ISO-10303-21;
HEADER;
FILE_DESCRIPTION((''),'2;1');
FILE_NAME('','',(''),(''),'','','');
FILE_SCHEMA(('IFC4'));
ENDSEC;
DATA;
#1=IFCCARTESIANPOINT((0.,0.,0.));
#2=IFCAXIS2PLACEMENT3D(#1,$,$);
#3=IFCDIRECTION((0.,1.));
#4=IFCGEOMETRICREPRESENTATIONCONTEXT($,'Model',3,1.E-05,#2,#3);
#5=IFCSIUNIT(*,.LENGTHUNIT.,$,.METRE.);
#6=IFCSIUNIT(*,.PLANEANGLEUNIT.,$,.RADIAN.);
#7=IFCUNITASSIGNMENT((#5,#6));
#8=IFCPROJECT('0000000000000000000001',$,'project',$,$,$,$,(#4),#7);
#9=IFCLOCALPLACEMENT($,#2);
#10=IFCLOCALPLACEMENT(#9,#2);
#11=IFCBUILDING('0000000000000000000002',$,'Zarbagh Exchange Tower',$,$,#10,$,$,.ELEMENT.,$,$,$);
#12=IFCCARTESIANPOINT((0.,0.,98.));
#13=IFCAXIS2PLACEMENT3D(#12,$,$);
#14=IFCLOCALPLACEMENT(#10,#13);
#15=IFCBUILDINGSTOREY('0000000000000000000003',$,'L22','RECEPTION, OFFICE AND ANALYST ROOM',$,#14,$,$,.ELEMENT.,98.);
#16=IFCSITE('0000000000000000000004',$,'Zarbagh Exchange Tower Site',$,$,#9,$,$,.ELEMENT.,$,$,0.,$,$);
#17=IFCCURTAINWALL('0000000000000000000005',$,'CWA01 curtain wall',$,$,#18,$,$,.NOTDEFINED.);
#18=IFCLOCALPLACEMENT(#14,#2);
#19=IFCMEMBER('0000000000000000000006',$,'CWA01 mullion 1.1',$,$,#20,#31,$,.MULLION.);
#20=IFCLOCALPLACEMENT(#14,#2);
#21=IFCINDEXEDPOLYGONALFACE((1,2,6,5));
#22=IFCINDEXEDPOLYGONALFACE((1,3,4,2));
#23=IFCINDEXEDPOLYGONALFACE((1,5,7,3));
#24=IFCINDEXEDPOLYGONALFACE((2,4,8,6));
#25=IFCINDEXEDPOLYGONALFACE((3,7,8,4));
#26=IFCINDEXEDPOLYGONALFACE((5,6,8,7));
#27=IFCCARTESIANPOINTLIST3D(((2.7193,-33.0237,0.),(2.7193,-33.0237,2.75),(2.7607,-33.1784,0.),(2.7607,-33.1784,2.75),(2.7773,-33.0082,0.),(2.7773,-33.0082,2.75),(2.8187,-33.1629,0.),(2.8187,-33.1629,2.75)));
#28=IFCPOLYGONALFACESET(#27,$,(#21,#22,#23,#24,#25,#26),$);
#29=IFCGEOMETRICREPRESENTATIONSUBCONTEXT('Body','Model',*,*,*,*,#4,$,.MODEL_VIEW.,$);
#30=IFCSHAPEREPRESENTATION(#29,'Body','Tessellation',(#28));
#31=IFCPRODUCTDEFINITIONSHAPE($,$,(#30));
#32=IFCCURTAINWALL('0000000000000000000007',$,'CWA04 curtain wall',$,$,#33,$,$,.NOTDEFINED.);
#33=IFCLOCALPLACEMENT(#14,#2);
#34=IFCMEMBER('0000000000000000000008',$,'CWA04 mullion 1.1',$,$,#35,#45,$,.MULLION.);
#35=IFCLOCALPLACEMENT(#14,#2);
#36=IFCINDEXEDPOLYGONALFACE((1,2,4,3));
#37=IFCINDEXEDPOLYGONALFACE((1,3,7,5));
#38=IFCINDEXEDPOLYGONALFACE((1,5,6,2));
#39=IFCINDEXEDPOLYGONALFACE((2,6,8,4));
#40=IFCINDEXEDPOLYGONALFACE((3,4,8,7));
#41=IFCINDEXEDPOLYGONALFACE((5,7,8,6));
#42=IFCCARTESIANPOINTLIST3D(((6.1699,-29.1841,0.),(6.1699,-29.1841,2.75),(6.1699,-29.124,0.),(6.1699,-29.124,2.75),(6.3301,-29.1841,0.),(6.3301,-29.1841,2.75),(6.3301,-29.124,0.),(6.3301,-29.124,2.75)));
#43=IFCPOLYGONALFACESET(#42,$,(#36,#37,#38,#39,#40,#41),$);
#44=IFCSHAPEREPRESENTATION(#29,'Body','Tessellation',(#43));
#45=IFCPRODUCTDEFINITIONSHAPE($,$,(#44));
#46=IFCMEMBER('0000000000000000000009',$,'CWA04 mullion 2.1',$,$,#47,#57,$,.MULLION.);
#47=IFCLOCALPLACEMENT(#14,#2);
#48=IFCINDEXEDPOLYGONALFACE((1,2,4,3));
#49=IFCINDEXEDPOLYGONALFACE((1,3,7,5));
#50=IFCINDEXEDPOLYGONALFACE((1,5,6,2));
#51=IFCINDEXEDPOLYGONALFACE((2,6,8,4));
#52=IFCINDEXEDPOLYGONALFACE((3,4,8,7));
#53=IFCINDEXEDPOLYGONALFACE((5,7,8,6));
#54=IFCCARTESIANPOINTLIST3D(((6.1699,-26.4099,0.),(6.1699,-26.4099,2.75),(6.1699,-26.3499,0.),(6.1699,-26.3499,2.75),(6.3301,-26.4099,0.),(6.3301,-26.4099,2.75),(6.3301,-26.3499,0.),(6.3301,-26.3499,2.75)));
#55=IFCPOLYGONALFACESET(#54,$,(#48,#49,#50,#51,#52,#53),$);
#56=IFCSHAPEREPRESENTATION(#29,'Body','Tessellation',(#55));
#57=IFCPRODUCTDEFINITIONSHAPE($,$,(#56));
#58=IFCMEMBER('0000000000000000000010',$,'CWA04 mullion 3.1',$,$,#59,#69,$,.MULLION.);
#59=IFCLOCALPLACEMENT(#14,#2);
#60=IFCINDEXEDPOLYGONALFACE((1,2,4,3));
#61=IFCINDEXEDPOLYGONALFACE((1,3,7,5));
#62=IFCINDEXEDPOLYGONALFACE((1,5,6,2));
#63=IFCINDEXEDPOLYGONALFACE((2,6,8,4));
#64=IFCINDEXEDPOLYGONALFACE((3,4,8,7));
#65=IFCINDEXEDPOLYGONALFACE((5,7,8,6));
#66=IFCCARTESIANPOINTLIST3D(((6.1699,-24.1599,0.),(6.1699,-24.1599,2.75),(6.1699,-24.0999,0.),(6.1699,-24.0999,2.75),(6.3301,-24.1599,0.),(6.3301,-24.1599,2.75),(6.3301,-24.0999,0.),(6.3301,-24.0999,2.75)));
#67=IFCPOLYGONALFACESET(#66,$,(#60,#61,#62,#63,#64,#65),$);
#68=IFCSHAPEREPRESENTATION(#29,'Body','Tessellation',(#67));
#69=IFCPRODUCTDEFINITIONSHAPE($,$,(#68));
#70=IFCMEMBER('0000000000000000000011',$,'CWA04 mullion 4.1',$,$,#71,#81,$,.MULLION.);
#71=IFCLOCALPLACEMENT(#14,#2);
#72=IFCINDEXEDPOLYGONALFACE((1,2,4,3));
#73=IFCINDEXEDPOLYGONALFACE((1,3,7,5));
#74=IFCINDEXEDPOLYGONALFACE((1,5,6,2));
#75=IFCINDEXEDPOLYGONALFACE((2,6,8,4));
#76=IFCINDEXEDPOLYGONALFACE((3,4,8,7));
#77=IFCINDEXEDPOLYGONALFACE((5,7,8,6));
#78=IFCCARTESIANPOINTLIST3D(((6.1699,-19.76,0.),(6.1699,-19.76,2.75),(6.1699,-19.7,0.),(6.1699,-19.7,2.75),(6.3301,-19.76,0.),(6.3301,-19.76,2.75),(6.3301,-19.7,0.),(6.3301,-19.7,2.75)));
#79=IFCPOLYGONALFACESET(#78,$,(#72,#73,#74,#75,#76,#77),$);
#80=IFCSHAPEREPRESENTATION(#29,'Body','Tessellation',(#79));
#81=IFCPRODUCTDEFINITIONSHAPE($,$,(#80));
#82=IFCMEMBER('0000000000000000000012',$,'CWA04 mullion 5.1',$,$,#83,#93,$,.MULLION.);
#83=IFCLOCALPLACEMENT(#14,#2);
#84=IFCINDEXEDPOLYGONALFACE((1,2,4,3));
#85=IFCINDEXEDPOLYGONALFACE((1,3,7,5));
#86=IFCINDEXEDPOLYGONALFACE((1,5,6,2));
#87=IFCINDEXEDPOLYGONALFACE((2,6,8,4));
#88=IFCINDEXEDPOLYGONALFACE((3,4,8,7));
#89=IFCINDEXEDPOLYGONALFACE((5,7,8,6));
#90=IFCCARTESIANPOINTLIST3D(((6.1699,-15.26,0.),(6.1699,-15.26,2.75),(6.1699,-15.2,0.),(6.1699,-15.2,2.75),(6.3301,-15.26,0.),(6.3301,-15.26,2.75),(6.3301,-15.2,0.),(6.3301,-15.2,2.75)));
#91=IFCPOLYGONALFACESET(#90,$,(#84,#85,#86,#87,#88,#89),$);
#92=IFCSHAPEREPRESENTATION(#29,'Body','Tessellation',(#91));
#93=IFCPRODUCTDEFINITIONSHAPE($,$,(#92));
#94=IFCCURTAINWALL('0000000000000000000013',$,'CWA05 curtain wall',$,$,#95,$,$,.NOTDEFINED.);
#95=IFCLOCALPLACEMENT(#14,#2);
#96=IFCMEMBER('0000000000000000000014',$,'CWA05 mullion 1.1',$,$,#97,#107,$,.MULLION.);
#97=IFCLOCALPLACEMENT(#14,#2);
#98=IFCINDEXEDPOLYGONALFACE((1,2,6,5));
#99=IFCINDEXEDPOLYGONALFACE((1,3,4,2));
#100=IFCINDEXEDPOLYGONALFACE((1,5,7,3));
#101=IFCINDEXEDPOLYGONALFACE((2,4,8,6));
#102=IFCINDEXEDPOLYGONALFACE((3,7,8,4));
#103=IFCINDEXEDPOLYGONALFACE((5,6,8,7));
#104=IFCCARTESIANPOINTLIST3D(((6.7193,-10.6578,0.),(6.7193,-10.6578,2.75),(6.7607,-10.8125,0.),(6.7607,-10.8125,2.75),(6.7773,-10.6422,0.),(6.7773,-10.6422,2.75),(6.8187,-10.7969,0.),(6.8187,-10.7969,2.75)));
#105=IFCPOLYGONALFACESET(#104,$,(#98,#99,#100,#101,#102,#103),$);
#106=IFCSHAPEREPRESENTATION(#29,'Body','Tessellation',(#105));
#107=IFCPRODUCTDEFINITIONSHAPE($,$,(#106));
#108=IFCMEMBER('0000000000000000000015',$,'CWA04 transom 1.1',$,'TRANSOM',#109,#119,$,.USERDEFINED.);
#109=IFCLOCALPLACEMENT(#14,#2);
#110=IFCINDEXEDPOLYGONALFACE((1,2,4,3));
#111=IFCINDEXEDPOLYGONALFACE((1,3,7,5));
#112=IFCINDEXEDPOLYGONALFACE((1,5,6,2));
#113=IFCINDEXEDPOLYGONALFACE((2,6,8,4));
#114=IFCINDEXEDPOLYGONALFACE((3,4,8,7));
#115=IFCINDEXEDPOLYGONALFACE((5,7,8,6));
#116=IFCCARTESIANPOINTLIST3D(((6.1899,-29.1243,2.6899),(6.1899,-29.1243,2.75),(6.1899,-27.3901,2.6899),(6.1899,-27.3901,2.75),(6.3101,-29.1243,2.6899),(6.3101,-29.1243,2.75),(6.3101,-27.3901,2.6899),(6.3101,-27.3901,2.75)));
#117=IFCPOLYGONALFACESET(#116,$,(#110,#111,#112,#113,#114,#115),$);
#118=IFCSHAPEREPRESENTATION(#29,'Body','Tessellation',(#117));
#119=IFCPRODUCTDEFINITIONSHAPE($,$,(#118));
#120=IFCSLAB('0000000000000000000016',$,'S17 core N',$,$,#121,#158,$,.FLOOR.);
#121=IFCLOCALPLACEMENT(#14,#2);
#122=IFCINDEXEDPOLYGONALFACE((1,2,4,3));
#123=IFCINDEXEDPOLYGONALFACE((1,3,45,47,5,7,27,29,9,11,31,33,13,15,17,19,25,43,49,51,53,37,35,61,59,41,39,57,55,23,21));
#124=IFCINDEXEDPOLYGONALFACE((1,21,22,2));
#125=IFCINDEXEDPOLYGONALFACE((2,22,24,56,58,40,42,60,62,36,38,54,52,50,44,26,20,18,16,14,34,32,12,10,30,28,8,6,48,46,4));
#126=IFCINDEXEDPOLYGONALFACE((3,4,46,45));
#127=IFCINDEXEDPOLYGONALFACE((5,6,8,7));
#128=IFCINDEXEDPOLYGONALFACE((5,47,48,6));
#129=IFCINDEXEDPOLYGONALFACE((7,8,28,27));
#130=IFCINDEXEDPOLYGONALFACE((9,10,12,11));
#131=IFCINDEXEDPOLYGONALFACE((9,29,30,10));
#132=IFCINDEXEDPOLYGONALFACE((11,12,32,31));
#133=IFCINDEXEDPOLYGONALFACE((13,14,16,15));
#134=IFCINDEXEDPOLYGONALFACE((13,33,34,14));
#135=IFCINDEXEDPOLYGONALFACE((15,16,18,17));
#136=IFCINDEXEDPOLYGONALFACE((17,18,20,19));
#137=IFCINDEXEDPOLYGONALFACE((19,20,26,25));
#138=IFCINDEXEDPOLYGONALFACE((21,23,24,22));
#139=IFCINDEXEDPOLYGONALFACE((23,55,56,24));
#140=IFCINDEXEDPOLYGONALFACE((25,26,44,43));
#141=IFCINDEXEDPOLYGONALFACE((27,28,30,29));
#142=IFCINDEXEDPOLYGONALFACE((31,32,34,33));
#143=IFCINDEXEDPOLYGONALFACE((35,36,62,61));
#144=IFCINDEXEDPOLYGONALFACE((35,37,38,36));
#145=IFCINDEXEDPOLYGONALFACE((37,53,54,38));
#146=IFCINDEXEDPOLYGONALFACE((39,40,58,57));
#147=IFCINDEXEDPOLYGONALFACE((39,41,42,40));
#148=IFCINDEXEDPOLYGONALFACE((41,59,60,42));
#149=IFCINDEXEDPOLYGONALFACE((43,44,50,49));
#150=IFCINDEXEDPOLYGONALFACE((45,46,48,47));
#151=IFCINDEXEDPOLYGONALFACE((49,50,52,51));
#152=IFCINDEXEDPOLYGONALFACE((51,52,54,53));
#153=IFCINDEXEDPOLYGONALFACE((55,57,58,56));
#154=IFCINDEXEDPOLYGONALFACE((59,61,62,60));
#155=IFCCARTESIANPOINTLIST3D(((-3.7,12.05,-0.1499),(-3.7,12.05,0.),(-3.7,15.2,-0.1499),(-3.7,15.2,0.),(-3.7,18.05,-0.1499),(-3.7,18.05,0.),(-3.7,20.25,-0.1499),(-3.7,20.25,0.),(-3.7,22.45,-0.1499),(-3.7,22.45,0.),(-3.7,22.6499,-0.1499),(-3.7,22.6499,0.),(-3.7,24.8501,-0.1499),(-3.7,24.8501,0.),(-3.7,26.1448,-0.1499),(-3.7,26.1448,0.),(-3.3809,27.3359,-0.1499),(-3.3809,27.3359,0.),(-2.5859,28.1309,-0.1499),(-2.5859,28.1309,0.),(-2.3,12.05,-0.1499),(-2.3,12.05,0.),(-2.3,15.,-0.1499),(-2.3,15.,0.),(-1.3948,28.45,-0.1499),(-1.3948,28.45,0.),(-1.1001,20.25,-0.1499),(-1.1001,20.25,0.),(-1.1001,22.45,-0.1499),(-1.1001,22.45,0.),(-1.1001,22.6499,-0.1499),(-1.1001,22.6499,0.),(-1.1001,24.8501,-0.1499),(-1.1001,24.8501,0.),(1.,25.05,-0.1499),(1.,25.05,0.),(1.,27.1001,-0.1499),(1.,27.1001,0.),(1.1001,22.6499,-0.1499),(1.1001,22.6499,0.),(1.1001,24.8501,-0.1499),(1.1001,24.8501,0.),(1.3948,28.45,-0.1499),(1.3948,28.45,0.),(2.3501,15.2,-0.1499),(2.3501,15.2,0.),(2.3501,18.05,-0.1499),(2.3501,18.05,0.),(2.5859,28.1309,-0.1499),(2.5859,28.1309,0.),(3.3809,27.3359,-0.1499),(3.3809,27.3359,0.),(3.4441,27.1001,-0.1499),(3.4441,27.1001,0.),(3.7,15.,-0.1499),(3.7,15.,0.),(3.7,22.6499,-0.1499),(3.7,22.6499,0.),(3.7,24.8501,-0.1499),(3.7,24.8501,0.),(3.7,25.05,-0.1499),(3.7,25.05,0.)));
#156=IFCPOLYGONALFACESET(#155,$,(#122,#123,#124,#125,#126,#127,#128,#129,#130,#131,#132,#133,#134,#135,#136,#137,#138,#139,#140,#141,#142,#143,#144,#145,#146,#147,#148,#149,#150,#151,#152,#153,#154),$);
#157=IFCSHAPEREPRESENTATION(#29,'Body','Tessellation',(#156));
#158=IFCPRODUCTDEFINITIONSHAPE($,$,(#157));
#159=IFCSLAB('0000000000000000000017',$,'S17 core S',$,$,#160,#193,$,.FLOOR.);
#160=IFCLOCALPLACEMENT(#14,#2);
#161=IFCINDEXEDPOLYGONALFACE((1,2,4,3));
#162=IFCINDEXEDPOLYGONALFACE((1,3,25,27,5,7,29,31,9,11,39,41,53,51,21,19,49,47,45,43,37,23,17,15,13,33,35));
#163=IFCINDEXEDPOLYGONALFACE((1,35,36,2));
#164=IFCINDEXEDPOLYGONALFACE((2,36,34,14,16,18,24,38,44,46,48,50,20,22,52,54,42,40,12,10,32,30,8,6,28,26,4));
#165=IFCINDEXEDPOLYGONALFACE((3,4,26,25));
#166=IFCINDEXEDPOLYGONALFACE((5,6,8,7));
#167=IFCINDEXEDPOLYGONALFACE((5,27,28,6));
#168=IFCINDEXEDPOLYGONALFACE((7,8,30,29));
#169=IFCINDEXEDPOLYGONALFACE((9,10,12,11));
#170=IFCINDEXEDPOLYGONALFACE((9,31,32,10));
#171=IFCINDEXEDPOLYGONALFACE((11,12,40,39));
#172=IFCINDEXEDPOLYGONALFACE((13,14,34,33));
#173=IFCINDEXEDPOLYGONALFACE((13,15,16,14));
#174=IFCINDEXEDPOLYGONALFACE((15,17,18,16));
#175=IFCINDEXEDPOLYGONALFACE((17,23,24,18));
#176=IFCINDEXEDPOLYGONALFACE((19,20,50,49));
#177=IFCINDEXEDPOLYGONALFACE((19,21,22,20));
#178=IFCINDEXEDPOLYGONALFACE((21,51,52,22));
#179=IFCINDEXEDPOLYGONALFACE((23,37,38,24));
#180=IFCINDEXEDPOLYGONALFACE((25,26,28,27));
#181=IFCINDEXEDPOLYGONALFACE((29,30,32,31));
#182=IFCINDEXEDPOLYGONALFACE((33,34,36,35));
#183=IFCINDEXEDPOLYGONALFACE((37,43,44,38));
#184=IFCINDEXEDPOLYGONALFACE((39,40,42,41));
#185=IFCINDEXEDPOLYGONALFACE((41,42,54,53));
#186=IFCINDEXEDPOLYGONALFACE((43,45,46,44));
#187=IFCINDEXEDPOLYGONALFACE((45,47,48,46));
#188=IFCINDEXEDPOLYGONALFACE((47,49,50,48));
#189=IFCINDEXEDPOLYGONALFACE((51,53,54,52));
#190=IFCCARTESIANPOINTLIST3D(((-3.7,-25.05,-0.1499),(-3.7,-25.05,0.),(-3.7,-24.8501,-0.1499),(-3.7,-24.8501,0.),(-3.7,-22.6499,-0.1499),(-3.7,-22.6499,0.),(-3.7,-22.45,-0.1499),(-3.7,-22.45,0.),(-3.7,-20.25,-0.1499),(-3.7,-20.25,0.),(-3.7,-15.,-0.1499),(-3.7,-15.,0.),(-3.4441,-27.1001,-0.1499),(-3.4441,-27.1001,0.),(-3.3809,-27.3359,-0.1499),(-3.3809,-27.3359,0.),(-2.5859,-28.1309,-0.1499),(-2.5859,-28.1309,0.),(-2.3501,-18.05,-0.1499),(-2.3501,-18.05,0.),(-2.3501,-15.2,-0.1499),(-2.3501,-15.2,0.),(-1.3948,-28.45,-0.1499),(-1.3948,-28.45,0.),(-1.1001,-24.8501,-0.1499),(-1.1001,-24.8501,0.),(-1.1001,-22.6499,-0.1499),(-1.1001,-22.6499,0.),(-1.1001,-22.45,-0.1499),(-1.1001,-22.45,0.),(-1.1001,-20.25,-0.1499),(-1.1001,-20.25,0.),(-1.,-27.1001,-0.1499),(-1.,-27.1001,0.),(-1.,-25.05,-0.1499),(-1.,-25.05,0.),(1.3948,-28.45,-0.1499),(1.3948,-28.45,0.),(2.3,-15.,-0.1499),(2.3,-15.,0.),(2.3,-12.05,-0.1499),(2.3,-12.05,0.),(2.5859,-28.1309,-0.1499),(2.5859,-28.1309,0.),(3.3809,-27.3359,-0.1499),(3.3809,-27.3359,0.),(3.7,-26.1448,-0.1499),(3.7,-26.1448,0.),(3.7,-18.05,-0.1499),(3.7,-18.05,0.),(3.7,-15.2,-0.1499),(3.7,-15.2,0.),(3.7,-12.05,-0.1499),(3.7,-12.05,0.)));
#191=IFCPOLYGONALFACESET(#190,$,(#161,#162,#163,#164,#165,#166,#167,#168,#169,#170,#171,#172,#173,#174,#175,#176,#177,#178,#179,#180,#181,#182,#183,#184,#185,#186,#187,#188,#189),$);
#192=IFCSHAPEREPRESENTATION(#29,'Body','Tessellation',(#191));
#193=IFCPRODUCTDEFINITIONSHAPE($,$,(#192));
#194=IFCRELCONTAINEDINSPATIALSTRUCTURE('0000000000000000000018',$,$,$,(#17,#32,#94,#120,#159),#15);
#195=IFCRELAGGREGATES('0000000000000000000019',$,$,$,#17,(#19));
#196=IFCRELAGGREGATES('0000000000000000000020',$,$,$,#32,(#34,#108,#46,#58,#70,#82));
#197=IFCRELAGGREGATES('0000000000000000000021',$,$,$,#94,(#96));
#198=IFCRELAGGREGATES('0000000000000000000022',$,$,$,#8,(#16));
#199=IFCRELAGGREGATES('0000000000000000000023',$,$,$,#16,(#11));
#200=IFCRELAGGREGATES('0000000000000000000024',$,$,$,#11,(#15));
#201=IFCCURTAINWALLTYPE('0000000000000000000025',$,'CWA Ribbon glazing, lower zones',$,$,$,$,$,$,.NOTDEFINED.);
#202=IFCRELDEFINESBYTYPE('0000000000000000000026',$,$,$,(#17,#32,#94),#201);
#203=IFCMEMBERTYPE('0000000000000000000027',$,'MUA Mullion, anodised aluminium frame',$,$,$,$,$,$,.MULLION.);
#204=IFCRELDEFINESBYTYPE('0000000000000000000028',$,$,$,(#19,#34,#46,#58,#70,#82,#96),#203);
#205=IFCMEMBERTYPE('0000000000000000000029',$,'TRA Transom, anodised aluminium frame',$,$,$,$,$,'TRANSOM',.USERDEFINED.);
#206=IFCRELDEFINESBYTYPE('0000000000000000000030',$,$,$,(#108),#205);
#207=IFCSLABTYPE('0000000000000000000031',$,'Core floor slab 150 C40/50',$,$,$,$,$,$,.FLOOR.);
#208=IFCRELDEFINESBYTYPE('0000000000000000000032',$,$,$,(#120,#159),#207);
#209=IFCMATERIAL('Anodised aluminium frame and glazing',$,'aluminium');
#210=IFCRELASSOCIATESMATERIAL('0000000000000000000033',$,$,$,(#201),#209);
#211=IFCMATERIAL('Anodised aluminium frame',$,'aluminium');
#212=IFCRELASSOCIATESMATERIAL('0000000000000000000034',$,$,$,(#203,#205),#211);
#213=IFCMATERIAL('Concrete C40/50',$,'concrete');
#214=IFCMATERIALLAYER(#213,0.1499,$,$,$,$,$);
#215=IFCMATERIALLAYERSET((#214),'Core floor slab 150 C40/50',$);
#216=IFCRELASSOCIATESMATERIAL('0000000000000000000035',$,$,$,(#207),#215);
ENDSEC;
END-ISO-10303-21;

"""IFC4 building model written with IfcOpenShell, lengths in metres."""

from ifc_helpers import new_model, si_unit, direction, frame, origin, place, context, subcontext, project, spatial, polyline, outline, extrude, source, transform, mapped, material, layer, layer_set, type_object, element, aggregate, save


model = new_model("IFC4")

# Units and contexts
model_context = context("Model", 3, precision=1e-05, world=origin(), true_north=direction((0.0, 1.0)))
body_context = subcontext(model_context, "Body", "Model", "MODEL_VIEW")
ifc_project = project(units=[si_unit("LENGTHUNIT", "METRE"), si_unit("PLANEANGLEUNIT", "RADIAN")], contexts=[model_context])

# Site, building, storey
site_placement = place(None, origin())
site = spatial("IfcSite", under=ifc_project, at=site_placement, Name="Zarbagh Exchange Tower Site", CompositionType="ELEMENT", RefElevation=0.0)
building_placement = place(site_placement, origin())
building = spatial("IfcBuilding", under=site, at=building_placement, Name="Zarbagh Exchange Tower", CompositionType="ELEMENT")
storey_placement = place(building_placement, frame((0.0, 0.0, 98.0)))
storey = spatial("IfcBuildingStorey", under=building, at=storey_placement, Name="L22", Description="RECEPTION, OFFICE AND ANALYST ROOM", CompositionType="ELEMENT", Elevation=98.0)

# Curtain wall, member
ifc_material_1 = material(Name="Anodised aluminium frame and glazing", Category="aluminium")
curtain_wall_type = type_object("IfcCurtainWallType", Name="CWA Ribbon glazing, lower zones", PredefinedType="NOTDEFINED", material=ifc_material_1)
curtain_wall_1_placement = place(storey_placement, origin())
curtain_wall_1 = element("IfcCurtainWall", 1, at=curtain_wall_1_placement, inside=storey, type_object=curtain_wall_type, Name="CWA01 curtain wall", PredefinedType="NOTDEFINED")
ifc_material_2 = material(Name="Anodised aluminium frame", Category="aluminium")
member_type_1 = type_object("IfcMemberType", Name="MUA Mullion, anodised aluminium frame", PredefinedType="MULLION", material=ifc_material_2)
shared_shape_1 = source(origin(), body_context, "Body", "SweptSolid", [
    extrude(outline(polyline([(0.0, -0.0801), (0.0601, -0.0801), (0.0601, 0.0801), (0.0, 0.0801), (0.0, -0.0801)])), origin(), (0.0, 0.0, 1.0), 2.75),
])
placement = place(storey_placement, origin())
member_1 = element("IfcMember", 2, at=placement, type_object=member_type_1, Name="CWA01 mullion 1.1", PredefinedType="MULLION", context=body_context, shape_type="MappedRepresentation", body=[
    mapped(shared_shape_1, transform((2.74, -33.1011, 0.0), x_axis=(0.965924, 0.258825, 0.0), y_axis=(-0.258825, 0.965924, 0.0), z_axis=(0.0, 0.0, 1.0))),
])

# Curtain wall, members
curtain_wall_2_placement = place(storey_placement, origin())
curtain_wall_2 = element("IfcCurtainWall", 3, at=curtain_wall_2_placement, inside=storey, type_object=curtain_wall_type, Name="CWA04 curtain wall", PredefinedType="NOTDEFINED")
member_2 = element("IfcMember", 4, at=placement, type_object=member_type_1, Name="CWA04 mullion 1.1", PredefinedType="MULLION", context=body_context, shape_type="MappedRepresentation", body=[
    mapped(shared_shape_1, transform((6.25, -29.1841, 0.0), x_axis=(0.0, 1.0, 0.0), y_axis=(-1.0, 0.0, 0.0), z_axis=(0.0, 0.0, 1.0))),
])
member_3 = element("IfcMember", 5, at=placement, type_object=member_type_1, Name="CWA04 mullion 2.1", PredefinedType="MULLION", context=body_context, shape_type="MappedRepresentation", body=[
    mapped(shared_shape_1, transform((6.25, -26.4099, 0.0), x_axis=(0.0, 1.0, 0.0), y_axis=(-1.0, 0.0, 0.0), z_axis=(0.0, 0.0, 1.0))),
])
member_4 = element("IfcMember", 6, at=placement, type_object=member_type_1, Name="CWA04 mullion 3.1", PredefinedType="MULLION", context=body_context, shape_type="MappedRepresentation", body=[
    mapped(shared_shape_1, transform((6.25, -24.1599, 0.0), x_axis=(0.0, 1.0, 0.0), y_axis=(-1.0, 0.0, 0.0), z_axis=(0.0, 0.0, 1.0))),
])
member_5 = element("IfcMember", 7, at=placement, type_object=member_type_1, Name="CWA04 mullion 4.1", PredefinedType="MULLION", context=body_context, shape_type="MappedRepresentation", body=[
    mapped(shared_shape_1, transform((6.25, -19.76, 0.0), x_axis=(0.0, 1.0, 0.0), y_axis=(-1.0, 0.0, 0.0), z_axis=(0.0, 0.0, 1.0))),
])
member_6 = element("IfcMember", 8, at=placement, type_object=member_type_1, Name="CWA04 mullion 5.1", PredefinedType="MULLION", context=body_context, shape_type="MappedRepresentation", body=[
    mapped(shared_shape_1, transform((6.25, -15.26, 0.0), x_axis=(0.0, 1.0, 0.0), y_axis=(-1.0, 0.0, 0.0), z_axis=(0.0, 0.0, 1.0))),
])

# Curtain wall, member
curtain_wall_3_placement = place(storey_placement, origin())
curtain_wall_3 = element("IfcCurtainWall", 9, at=curtain_wall_3_placement, inside=storey, type_object=curtain_wall_type, Name="CWA05 curtain wall", PredefinedType="NOTDEFINED")
member_7 = element("IfcMember", 10, at=placement, type_object=member_type_1, Name="CWA05 mullion 1.1", PredefinedType="MULLION", context=body_context, shape_type="MappedRepresentation", body=[
    mapped(shared_shape_1, transform((6.74, -10.7351, 0.0), x_axis=(0.965924, 0.258825, 0.0), y_axis=(-0.258825, 0.965924, 0.0), z_axis=(0.0, 0.0, 1.0))),
])

# Member
member_type_2 = type_object("IfcMemberType", Name="TRA Transom, anodised aluminium frame", ElementType="TRANSOM", PredefinedType="USERDEFINED", material=ifc_material_2)
shared_shape_2 = source(origin(), body_context, "Body", "SweptSolid", [
    extrude(outline(polyline([(-0.0601, -0.0601), (0.0, -0.0601), (0.0, 0.0601), (-0.0601, 0.0601), (-0.0601, -0.0601)])), origin(), (0.0, 0.0, 1.0), 1.7341),
])
member_8 = element("IfcMember", 11, at=placement, type_object=member_type_2, Name="CWA04 transom 1.1", ObjectType="TRANSOM", PredefinedType="USERDEFINED", context=body_context, shape_type="MappedRepresentation", body=[
    mapped(shared_shape_2, transform((6.25, -29.1243, 2.75), x_axis=(0.0, 0.0, 1.0), y_axis=(1.0, 0.0, 0.0), z_axis=(0.0, 1.0, 0.0))),
])

# Slabs
ifc_material_3 = material(Name="Concrete C40/50", Category="concrete")
ifc_layer_1 = layer(ifc_material_3, 0.1499)
ifc_layer_set_1 = layer_set([ifc_layer_1], Name="Core floor slab 150 C40/50")
slab_type = type_object("IfcSlabType", Name="Core floor slab 150 C40/50", PredefinedType="FLOOR", material=ifc_layer_set_1)
slab_1_placement = place(storey_placement, frame((0.0, 0.0, -0.1499)))
element("IfcSlab", 12, at=slab_1_placement, inside=storey, type_object=slab_type, Name="S17 core N", PredefinedType="FLOOR", context=body_context, shape_type="SweptSolid", body=[
    extrude(outline(polyline([(-3.7, 12.05), (-3.7, 15.2), (2.3501, 15.2), (2.3501, 18.05), (-3.7, 18.05), (-3.7, 20.25), (-1.1001, 20.25), (-1.1001, 22.45), (-3.7, 22.45), (-3.7, 22.6499), (-1.1001, 22.6499), (-1.1001, 24.8501), (-3.7, 24.8501), (-3.7, 26.1448), (-3.3809, 27.3359), (-2.5859, 28.1309), (-1.3948, 28.45), (1.3948, 28.45), (2.5859, 28.1309), (3.3809, 27.3359), (3.6465, 26.3447), (3.4441, 27.1001), (1.0, 27.1001), (1.0, 25.05), (3.7, 25.05), (3.7, 24.8501), (1.1001, 24.8501), (1.1001, 22.6499), (3.7, 22.6499), (3.7, 15.0), (-2.3, 15.0), (-2.3, 12.05), (-3.7, 12.05)])), origin(), (0.0, 0.0, 1.0), 0.1499),
])
slab_2_placement = place(storey_placement, frame((0.0, 0.0, -0.1499)))
element("IfcSlab", 13, at=slab_2_placement, inside=storey, type_object=slab_type, Name="S17 core S", PredefinedType="FLOOR", context=body_context, shape_type="SweptSolid", body=[
    extrude(outline(polyline([(-2.5859, -28.1309), (-3.3809, -27.3359), (-3.6465, -26.3447), (-3.4441, -27.1001), (-1.0, -27.1001), (-1.0, -25.05), (-3.7, -25.05), (-3.7, -24.8501), (-1.1001, -24.8501), (-1.1001, -22.6499), (-3.7, -22.6499), (-3.7, -22.45), (-1.1001, -22.45), (-1.1001, -20.25), (-3.7, -20.25), (-3.7, -15.0), (2.3, -15.0), (2.3, -12.05), (3.7, -12.05), (3.7, -15.2), (-2.3501, -15.2), (-2.3501, -18.05), (3.7, -18.05), (3.7, -26.1448), (3.3809, -27.3359), (2.5859, -28.1309), (1.3948, -28.45), (-1.3948, -28.45), (-2.5859, -28.1309)])), origin(), (0.0, 0.0, 1.0), 0.1499),
])

aggregate(curtain_wall_1, [member_1])

aggregate(curtain_wall_2, [member_2, member_8, member_3, member_4, member_5, member_6])
aggregate(curtain_wall_3, [member_7])

save(model, "model.ifc")
